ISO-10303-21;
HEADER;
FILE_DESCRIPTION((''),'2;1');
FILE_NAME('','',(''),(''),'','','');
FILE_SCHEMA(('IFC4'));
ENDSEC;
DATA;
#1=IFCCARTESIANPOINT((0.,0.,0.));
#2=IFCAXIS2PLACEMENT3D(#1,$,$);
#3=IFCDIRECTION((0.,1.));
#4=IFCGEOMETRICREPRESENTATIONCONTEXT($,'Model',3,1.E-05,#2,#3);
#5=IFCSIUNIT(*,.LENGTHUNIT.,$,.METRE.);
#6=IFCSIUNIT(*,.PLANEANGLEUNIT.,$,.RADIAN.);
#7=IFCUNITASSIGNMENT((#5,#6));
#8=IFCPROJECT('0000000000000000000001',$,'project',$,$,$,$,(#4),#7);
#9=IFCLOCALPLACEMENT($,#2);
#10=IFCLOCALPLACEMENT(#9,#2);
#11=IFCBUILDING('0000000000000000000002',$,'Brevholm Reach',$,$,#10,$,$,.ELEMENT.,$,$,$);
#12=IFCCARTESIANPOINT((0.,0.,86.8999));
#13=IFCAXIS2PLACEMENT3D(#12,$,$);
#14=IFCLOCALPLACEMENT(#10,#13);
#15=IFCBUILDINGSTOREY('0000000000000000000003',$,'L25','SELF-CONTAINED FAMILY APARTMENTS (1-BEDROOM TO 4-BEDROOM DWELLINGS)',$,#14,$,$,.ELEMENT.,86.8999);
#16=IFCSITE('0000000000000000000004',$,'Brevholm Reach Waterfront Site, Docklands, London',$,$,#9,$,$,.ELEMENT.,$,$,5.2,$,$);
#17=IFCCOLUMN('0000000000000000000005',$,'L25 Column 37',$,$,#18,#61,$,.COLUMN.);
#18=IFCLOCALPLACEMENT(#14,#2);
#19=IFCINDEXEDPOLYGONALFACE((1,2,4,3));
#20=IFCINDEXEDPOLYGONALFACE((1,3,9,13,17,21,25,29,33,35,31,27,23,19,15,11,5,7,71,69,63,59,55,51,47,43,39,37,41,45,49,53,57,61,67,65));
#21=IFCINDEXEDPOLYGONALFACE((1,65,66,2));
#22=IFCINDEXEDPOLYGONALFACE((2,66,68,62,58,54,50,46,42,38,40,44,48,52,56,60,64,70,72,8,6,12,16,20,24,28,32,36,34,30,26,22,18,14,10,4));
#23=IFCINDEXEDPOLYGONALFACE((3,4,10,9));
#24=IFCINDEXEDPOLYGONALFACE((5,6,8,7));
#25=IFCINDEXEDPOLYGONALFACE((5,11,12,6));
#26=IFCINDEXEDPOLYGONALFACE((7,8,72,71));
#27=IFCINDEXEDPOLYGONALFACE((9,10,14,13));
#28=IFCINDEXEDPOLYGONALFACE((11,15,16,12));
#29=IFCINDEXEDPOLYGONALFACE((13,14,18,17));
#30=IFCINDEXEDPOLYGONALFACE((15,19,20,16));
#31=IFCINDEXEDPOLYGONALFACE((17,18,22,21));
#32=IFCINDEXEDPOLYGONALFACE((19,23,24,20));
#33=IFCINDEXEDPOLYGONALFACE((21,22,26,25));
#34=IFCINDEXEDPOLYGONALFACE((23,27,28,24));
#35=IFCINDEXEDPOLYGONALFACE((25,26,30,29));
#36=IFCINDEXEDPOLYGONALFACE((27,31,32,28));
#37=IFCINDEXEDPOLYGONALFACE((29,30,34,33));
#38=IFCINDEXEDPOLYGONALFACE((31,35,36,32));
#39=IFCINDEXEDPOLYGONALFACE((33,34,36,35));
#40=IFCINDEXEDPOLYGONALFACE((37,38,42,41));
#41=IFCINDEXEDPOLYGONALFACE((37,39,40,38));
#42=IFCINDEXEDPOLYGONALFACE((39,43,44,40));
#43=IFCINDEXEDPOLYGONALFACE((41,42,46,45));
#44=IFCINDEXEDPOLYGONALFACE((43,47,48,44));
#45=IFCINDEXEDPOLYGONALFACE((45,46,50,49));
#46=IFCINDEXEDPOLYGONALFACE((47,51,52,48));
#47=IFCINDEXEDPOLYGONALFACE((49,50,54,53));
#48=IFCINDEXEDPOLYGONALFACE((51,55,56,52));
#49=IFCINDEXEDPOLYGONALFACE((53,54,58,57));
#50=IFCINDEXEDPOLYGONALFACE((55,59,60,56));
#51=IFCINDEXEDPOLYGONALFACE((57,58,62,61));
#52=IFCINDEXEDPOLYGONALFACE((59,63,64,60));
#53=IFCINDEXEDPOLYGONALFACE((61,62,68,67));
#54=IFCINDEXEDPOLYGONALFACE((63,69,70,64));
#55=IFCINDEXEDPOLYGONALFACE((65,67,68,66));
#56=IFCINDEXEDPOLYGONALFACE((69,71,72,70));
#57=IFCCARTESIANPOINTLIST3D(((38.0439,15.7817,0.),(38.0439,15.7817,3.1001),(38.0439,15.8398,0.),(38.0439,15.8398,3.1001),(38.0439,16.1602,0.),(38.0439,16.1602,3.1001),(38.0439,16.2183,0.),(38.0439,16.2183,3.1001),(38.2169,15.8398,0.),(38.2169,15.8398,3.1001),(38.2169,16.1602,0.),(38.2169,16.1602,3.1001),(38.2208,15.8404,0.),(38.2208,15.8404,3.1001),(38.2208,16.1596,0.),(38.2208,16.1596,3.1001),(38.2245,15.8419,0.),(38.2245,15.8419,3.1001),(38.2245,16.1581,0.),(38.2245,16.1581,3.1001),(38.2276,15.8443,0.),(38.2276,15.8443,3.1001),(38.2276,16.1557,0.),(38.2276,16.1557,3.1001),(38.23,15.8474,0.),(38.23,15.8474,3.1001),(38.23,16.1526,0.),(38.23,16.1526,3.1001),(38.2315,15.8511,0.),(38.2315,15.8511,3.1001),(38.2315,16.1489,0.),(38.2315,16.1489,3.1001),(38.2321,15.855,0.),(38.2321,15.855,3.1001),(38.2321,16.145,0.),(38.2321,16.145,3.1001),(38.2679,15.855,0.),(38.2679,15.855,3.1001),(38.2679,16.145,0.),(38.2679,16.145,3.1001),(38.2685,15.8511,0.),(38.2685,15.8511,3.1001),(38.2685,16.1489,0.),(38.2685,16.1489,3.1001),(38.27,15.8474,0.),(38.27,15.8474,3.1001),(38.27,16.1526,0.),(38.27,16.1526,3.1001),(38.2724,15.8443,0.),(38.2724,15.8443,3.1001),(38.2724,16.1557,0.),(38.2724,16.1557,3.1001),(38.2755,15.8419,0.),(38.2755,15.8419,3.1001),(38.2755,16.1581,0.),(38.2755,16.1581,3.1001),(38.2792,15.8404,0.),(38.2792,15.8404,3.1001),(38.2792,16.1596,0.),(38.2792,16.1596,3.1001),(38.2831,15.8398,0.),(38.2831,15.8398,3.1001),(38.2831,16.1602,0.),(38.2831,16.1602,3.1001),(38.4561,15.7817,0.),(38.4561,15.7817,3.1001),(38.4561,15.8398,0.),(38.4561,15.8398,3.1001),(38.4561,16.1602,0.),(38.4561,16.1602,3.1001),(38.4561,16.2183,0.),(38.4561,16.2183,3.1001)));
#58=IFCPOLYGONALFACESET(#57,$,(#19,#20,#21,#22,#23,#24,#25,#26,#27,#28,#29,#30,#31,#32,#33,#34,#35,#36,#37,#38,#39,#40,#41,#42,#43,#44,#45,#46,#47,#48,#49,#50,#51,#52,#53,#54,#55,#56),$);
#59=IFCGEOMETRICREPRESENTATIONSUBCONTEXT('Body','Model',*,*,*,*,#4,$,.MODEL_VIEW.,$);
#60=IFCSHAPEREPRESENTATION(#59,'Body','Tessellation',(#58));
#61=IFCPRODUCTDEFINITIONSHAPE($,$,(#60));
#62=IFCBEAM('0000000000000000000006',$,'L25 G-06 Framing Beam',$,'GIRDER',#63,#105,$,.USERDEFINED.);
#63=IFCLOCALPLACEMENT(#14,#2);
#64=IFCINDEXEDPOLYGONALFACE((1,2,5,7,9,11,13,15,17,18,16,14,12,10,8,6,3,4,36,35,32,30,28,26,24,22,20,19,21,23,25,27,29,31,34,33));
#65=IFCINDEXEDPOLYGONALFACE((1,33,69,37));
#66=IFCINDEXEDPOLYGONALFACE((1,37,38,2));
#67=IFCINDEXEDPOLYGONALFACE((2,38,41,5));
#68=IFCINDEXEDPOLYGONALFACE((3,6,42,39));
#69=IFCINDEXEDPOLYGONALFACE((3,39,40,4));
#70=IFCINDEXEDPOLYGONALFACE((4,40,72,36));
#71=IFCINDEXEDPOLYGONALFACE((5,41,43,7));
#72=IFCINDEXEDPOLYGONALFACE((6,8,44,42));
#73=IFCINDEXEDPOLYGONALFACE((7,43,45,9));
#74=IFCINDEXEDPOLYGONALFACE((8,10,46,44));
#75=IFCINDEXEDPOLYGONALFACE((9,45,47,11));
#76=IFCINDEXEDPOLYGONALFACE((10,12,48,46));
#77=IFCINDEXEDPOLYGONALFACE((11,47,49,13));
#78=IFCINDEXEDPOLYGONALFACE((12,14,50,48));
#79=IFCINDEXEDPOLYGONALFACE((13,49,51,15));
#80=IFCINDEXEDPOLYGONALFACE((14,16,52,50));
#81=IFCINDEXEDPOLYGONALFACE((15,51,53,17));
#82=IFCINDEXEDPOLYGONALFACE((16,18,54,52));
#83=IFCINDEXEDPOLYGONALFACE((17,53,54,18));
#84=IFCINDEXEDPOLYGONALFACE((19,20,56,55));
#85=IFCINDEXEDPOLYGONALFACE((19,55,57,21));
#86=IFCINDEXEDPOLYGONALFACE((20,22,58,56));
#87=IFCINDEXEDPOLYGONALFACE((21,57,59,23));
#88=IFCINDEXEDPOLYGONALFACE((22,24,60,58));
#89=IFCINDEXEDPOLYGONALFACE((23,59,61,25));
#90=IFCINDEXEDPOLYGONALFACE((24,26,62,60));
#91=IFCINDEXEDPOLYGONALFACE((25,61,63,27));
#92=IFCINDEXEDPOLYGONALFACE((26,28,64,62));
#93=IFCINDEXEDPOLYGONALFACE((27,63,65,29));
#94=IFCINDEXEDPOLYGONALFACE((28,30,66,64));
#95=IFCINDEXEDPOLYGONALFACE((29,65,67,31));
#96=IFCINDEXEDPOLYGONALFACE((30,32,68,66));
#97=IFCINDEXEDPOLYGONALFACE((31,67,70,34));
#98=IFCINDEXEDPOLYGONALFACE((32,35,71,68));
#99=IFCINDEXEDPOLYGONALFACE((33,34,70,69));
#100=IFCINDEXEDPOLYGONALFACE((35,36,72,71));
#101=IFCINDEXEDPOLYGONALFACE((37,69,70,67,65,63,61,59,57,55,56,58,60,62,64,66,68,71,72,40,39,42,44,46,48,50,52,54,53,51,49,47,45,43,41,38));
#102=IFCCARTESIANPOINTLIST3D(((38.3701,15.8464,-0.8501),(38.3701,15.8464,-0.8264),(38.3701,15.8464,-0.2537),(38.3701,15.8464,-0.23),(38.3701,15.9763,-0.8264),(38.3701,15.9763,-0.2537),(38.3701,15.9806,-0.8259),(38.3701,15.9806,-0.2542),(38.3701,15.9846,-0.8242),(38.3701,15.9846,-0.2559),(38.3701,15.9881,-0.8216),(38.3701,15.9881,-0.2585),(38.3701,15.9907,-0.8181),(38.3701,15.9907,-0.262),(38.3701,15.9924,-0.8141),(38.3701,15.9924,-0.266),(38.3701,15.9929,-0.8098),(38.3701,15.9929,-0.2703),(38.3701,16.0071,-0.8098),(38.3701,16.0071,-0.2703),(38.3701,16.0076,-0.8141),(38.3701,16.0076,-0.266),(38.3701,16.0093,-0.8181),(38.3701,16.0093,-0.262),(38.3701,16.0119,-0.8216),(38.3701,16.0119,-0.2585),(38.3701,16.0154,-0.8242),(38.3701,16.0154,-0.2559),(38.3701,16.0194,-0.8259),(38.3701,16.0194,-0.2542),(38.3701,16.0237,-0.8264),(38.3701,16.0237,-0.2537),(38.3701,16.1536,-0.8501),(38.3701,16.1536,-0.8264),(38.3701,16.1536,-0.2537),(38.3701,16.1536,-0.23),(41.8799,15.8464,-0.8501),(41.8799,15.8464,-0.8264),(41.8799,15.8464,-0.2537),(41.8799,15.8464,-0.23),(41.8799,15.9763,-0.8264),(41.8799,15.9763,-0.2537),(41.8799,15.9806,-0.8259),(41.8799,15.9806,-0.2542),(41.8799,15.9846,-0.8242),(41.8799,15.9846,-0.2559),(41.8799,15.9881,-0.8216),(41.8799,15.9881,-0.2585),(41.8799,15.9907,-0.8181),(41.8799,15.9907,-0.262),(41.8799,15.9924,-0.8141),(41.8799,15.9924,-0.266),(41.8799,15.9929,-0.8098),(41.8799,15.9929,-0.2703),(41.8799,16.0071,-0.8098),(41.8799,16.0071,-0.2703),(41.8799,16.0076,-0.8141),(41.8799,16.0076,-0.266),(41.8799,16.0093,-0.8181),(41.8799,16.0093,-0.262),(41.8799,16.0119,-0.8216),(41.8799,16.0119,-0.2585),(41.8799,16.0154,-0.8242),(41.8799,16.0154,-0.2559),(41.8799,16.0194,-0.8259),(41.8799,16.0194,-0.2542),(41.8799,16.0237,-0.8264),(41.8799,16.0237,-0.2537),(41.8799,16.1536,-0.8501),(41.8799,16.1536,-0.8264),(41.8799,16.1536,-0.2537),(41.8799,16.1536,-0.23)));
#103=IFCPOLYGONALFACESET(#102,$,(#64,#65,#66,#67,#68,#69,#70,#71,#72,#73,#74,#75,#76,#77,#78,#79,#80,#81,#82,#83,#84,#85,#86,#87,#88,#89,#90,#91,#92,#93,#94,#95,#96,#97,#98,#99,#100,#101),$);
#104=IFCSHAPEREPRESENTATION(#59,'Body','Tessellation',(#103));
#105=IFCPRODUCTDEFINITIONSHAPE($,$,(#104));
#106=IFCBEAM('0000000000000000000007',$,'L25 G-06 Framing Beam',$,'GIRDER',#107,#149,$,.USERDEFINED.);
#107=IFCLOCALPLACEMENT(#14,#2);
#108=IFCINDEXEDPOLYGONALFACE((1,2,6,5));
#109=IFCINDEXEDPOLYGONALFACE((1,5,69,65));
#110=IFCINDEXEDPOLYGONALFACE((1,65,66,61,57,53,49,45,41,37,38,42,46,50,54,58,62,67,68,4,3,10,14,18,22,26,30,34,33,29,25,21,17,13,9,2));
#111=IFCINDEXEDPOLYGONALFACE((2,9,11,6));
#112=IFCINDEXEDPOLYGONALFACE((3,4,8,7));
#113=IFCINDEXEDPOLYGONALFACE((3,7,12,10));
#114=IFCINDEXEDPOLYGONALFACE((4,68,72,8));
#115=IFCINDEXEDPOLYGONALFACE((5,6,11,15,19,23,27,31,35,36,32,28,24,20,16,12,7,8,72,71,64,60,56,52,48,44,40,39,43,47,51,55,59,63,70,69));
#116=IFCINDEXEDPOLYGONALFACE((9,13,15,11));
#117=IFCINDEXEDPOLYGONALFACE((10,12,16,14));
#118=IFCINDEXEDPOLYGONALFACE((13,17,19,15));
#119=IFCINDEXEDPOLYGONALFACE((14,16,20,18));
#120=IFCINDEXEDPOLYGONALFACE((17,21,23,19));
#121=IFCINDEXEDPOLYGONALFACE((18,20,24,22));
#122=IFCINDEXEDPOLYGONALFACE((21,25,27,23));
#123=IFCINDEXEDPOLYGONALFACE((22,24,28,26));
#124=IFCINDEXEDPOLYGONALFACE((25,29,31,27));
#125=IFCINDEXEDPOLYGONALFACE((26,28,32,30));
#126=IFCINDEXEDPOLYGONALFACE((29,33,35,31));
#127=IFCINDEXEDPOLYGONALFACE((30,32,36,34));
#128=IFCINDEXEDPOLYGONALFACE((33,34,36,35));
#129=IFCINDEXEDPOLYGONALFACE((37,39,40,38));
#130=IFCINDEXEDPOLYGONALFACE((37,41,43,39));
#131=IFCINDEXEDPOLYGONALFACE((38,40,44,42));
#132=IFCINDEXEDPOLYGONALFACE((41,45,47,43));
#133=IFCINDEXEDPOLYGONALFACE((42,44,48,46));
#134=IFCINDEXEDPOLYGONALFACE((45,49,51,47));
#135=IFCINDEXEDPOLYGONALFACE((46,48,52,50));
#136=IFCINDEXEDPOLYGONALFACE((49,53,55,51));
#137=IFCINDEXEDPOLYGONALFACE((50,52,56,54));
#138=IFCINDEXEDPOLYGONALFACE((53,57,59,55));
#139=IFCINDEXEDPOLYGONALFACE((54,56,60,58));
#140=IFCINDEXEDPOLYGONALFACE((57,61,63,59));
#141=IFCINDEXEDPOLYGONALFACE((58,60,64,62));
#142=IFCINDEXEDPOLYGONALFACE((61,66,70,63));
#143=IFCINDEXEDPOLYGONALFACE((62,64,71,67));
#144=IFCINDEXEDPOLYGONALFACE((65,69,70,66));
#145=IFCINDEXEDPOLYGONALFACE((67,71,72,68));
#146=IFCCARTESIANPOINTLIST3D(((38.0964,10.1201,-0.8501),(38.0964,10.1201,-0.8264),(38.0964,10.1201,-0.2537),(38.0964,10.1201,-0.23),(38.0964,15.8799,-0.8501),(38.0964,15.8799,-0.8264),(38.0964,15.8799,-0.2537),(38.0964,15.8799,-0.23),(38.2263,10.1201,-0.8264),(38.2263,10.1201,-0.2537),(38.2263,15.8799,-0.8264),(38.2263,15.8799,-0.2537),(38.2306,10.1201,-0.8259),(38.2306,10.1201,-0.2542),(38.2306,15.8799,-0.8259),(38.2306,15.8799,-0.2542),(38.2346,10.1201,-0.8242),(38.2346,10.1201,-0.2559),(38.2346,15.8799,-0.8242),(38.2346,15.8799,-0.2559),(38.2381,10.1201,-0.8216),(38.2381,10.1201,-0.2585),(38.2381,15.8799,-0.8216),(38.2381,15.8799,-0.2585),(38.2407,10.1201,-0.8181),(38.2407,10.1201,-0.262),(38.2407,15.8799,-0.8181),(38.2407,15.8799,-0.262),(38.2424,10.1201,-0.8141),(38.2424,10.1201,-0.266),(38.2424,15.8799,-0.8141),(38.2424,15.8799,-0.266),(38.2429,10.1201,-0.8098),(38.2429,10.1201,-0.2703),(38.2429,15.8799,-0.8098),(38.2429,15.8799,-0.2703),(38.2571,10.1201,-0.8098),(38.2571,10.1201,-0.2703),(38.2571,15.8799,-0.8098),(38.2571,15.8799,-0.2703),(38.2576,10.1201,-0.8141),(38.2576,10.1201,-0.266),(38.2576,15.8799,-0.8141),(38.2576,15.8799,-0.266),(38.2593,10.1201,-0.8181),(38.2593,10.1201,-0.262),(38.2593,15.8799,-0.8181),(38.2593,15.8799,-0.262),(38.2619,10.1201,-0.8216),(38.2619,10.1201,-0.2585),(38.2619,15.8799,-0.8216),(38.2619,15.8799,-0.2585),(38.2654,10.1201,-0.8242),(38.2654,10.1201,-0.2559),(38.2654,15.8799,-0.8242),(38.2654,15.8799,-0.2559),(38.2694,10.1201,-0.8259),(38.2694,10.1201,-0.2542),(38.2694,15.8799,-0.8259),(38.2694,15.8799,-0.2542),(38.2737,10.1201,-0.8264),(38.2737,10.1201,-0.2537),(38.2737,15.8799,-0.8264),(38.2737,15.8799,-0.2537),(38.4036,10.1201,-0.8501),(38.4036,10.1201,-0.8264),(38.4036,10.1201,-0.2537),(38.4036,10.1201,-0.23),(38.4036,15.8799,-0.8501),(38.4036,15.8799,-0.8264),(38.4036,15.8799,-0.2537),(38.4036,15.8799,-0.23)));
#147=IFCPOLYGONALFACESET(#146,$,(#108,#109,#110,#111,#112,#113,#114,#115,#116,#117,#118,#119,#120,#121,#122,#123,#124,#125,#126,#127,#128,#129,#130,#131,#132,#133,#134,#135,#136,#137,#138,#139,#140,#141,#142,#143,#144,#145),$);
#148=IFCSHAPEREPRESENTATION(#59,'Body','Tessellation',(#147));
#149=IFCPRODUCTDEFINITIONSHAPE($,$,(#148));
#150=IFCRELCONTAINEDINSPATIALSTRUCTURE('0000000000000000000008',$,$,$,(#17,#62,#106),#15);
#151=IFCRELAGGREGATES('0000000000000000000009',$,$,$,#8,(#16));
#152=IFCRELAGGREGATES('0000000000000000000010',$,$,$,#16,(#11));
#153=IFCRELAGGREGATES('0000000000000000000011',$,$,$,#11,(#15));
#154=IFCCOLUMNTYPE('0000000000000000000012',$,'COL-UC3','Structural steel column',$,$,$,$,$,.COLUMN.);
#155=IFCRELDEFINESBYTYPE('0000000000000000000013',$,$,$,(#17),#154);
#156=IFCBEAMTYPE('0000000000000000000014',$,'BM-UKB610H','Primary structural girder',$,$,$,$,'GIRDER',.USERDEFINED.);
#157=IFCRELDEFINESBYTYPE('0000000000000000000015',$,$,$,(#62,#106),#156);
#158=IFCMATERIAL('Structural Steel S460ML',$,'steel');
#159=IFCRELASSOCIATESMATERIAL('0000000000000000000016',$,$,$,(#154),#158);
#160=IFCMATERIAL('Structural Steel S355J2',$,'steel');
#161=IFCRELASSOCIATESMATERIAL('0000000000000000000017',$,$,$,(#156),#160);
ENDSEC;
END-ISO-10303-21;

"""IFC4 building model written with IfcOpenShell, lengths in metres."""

from ifc_helpers import new_model, si_unit, direction, frame, origin, origin_2d, place, context, subcontext, project, spatial, i_section, extrude, material, material_profile, profile_set, type_object, element, save


model = new_model("IFC4")

# Units and contexts
model_context = context("Model", 3, precision=1e-05, world=origin(), true_north=direction((0.0, 1.0)))
body_context = subcontext(model_context, "Body", "Model", "MODEL_VIEW")
ifc_project = project(units=[si_unit("LENGTHUNIT", "METRE"), si_unit("PLANEANGLEUNIT", "RADIAN")], contexts=[model_context])

# Site, building, storey
site_placement = place(None, origin())
site = spatial("IfcSite", under=ifc_project, at=site_placement, Name="Brevholm Reach Waterfront Site, Docklands, London", CompositionType="ELEMENT", RefElevation=5.2)
building_placement = place(site_placement, origin())
building = spatial("IfcBuilding", under=site, at=building_placement, Name="Brevholm Reach", CompositionType="ELEMENT")
storey_placement = place(building_placement, frame((0.0, 0.0, 86.8999)))
storey = spatial("IfcBuildingStorey", under=building, at=storey_placement, Name="L25", Description="SELF-CONTAINED FAMILY APARTMENTS (1-BEDROOM TO 4-BEDROOM DWELLINGS)", CompositionType="ELEMENT", Elevation=86.8999)

# Column
ifc_material_1 = material(Name="Structural Steel S460ML", Category="steel")
ifc_material_profile_1 = material_profile(ifc_material_1, i_section(OverallWidth=0.4121, OverallDepth=0.4365, WebThickness=0.0359, FlangeThickness=0.0581, FilletRadius=0.0151, at=origin_2d()), Name="UKC 356x406x467")
ifc_profile_set_1 = profile_set([ifc_material_profile_1], Name="Structural Steel S460ML")
column_type = type_object("IfcColumnType", Name="COL-UC3", Description="Structural steel column", PredefinedType="COLUMN", material=ifc_profile_set_1)
column_placement = place(storey_placement, frame((38.25, 16.0, 0.0), z_axis=(0.0, 0.0, 1.0), x_axis=(1.0, 0.0, 0.0)))
element("IfcColumn", 1, at=column_placement, inside=storey, type_object=column_type, Name="L25 Column 37", PredefinedType="COLUMN", context=body_context, shape_type="SweptSolid", body=[
    extrude(i_section(OverallWidth=0.4121, OverallDepth=0.4365, WebThickness=0.0359, FlangeThickness=0.0581, FilletRadius=0.0151, at=origin_2d()), origin(), (0.0, 0.0, 1.0), 3.1001),
])

# Beams
ifc_material_2 = material(Name="Structural Steel S355J2", Category="steel")
ifc_material_profile_2 = material_profile(ifc_material_2, i_section(OverallWidth=0.3071, OverallDepth=0.6201, WebThickness=0.0142, FlangeThickness=0.0237, FilletRadius=0.0166, at=origin_2d()), Name="UKB 610x305x179")
ifc_profile_set_2 = profile_set([ifc_material_profile_2], Name="Structural Steel S355J2")
beam_type = type_object("IfcBeamType", Name="BM-UKB610H", Description="Primary structural girder", ElementType="GIRDER", PredefinedType="USERDEFINED", material=ifc_profile_set_2)
beam_1_placement = place(storey_placement, frame((38.3701, 16.0, -0.54), z_axis=(1.0, 0.0, 0.0), x_axis=(0.0, 1.0, 0.0)))
element("IfcBeam", 2, at=beam_1_placement, inside=storey, type_object=beam_type, Name="L25 G-06 Framing Beam", ObjectType="GIRDER", PredefinedType="USERDEFINED", context=body_context, shape_type="SweptSolid", body=[
    extrude(i_section(OverallWidth=0.3071, OverallDepth=0.6201, WebThickness=0.0142, FlangeThickness=0.0237, FilletRadius=0.0166, at=origin_2d()), origin(), (0.0, 0.0, 1.0), 3.5098),
])
beam_2_placement = place(storey_placement, frame((38.25, 10.1201, -0.54), z_axis=(0.0, 1.0, 0.0), x_axis=(-1.0, 0.0, 0.0)))
element("IfcBeam", 3, at=beam_2_placement, inside=storey, type_object=beam_type, Name="L25 G-06 Framing Beam", ObjectType="GIRDER", PredefinedType="USERDEFINED", context=body_context, shape_type="SweptSolid", body=[
    extrude(i_section(OverallWidth=0.3071, OverallDepth=0.6201, WebThickness=0.0142, FlangeThickness=0.0237, FilletRadius=0.0166, at=origin_2d()), origin(), (0.0, 0.0, 1.0), 5.7598),
])

save(model, "model.ifc")
